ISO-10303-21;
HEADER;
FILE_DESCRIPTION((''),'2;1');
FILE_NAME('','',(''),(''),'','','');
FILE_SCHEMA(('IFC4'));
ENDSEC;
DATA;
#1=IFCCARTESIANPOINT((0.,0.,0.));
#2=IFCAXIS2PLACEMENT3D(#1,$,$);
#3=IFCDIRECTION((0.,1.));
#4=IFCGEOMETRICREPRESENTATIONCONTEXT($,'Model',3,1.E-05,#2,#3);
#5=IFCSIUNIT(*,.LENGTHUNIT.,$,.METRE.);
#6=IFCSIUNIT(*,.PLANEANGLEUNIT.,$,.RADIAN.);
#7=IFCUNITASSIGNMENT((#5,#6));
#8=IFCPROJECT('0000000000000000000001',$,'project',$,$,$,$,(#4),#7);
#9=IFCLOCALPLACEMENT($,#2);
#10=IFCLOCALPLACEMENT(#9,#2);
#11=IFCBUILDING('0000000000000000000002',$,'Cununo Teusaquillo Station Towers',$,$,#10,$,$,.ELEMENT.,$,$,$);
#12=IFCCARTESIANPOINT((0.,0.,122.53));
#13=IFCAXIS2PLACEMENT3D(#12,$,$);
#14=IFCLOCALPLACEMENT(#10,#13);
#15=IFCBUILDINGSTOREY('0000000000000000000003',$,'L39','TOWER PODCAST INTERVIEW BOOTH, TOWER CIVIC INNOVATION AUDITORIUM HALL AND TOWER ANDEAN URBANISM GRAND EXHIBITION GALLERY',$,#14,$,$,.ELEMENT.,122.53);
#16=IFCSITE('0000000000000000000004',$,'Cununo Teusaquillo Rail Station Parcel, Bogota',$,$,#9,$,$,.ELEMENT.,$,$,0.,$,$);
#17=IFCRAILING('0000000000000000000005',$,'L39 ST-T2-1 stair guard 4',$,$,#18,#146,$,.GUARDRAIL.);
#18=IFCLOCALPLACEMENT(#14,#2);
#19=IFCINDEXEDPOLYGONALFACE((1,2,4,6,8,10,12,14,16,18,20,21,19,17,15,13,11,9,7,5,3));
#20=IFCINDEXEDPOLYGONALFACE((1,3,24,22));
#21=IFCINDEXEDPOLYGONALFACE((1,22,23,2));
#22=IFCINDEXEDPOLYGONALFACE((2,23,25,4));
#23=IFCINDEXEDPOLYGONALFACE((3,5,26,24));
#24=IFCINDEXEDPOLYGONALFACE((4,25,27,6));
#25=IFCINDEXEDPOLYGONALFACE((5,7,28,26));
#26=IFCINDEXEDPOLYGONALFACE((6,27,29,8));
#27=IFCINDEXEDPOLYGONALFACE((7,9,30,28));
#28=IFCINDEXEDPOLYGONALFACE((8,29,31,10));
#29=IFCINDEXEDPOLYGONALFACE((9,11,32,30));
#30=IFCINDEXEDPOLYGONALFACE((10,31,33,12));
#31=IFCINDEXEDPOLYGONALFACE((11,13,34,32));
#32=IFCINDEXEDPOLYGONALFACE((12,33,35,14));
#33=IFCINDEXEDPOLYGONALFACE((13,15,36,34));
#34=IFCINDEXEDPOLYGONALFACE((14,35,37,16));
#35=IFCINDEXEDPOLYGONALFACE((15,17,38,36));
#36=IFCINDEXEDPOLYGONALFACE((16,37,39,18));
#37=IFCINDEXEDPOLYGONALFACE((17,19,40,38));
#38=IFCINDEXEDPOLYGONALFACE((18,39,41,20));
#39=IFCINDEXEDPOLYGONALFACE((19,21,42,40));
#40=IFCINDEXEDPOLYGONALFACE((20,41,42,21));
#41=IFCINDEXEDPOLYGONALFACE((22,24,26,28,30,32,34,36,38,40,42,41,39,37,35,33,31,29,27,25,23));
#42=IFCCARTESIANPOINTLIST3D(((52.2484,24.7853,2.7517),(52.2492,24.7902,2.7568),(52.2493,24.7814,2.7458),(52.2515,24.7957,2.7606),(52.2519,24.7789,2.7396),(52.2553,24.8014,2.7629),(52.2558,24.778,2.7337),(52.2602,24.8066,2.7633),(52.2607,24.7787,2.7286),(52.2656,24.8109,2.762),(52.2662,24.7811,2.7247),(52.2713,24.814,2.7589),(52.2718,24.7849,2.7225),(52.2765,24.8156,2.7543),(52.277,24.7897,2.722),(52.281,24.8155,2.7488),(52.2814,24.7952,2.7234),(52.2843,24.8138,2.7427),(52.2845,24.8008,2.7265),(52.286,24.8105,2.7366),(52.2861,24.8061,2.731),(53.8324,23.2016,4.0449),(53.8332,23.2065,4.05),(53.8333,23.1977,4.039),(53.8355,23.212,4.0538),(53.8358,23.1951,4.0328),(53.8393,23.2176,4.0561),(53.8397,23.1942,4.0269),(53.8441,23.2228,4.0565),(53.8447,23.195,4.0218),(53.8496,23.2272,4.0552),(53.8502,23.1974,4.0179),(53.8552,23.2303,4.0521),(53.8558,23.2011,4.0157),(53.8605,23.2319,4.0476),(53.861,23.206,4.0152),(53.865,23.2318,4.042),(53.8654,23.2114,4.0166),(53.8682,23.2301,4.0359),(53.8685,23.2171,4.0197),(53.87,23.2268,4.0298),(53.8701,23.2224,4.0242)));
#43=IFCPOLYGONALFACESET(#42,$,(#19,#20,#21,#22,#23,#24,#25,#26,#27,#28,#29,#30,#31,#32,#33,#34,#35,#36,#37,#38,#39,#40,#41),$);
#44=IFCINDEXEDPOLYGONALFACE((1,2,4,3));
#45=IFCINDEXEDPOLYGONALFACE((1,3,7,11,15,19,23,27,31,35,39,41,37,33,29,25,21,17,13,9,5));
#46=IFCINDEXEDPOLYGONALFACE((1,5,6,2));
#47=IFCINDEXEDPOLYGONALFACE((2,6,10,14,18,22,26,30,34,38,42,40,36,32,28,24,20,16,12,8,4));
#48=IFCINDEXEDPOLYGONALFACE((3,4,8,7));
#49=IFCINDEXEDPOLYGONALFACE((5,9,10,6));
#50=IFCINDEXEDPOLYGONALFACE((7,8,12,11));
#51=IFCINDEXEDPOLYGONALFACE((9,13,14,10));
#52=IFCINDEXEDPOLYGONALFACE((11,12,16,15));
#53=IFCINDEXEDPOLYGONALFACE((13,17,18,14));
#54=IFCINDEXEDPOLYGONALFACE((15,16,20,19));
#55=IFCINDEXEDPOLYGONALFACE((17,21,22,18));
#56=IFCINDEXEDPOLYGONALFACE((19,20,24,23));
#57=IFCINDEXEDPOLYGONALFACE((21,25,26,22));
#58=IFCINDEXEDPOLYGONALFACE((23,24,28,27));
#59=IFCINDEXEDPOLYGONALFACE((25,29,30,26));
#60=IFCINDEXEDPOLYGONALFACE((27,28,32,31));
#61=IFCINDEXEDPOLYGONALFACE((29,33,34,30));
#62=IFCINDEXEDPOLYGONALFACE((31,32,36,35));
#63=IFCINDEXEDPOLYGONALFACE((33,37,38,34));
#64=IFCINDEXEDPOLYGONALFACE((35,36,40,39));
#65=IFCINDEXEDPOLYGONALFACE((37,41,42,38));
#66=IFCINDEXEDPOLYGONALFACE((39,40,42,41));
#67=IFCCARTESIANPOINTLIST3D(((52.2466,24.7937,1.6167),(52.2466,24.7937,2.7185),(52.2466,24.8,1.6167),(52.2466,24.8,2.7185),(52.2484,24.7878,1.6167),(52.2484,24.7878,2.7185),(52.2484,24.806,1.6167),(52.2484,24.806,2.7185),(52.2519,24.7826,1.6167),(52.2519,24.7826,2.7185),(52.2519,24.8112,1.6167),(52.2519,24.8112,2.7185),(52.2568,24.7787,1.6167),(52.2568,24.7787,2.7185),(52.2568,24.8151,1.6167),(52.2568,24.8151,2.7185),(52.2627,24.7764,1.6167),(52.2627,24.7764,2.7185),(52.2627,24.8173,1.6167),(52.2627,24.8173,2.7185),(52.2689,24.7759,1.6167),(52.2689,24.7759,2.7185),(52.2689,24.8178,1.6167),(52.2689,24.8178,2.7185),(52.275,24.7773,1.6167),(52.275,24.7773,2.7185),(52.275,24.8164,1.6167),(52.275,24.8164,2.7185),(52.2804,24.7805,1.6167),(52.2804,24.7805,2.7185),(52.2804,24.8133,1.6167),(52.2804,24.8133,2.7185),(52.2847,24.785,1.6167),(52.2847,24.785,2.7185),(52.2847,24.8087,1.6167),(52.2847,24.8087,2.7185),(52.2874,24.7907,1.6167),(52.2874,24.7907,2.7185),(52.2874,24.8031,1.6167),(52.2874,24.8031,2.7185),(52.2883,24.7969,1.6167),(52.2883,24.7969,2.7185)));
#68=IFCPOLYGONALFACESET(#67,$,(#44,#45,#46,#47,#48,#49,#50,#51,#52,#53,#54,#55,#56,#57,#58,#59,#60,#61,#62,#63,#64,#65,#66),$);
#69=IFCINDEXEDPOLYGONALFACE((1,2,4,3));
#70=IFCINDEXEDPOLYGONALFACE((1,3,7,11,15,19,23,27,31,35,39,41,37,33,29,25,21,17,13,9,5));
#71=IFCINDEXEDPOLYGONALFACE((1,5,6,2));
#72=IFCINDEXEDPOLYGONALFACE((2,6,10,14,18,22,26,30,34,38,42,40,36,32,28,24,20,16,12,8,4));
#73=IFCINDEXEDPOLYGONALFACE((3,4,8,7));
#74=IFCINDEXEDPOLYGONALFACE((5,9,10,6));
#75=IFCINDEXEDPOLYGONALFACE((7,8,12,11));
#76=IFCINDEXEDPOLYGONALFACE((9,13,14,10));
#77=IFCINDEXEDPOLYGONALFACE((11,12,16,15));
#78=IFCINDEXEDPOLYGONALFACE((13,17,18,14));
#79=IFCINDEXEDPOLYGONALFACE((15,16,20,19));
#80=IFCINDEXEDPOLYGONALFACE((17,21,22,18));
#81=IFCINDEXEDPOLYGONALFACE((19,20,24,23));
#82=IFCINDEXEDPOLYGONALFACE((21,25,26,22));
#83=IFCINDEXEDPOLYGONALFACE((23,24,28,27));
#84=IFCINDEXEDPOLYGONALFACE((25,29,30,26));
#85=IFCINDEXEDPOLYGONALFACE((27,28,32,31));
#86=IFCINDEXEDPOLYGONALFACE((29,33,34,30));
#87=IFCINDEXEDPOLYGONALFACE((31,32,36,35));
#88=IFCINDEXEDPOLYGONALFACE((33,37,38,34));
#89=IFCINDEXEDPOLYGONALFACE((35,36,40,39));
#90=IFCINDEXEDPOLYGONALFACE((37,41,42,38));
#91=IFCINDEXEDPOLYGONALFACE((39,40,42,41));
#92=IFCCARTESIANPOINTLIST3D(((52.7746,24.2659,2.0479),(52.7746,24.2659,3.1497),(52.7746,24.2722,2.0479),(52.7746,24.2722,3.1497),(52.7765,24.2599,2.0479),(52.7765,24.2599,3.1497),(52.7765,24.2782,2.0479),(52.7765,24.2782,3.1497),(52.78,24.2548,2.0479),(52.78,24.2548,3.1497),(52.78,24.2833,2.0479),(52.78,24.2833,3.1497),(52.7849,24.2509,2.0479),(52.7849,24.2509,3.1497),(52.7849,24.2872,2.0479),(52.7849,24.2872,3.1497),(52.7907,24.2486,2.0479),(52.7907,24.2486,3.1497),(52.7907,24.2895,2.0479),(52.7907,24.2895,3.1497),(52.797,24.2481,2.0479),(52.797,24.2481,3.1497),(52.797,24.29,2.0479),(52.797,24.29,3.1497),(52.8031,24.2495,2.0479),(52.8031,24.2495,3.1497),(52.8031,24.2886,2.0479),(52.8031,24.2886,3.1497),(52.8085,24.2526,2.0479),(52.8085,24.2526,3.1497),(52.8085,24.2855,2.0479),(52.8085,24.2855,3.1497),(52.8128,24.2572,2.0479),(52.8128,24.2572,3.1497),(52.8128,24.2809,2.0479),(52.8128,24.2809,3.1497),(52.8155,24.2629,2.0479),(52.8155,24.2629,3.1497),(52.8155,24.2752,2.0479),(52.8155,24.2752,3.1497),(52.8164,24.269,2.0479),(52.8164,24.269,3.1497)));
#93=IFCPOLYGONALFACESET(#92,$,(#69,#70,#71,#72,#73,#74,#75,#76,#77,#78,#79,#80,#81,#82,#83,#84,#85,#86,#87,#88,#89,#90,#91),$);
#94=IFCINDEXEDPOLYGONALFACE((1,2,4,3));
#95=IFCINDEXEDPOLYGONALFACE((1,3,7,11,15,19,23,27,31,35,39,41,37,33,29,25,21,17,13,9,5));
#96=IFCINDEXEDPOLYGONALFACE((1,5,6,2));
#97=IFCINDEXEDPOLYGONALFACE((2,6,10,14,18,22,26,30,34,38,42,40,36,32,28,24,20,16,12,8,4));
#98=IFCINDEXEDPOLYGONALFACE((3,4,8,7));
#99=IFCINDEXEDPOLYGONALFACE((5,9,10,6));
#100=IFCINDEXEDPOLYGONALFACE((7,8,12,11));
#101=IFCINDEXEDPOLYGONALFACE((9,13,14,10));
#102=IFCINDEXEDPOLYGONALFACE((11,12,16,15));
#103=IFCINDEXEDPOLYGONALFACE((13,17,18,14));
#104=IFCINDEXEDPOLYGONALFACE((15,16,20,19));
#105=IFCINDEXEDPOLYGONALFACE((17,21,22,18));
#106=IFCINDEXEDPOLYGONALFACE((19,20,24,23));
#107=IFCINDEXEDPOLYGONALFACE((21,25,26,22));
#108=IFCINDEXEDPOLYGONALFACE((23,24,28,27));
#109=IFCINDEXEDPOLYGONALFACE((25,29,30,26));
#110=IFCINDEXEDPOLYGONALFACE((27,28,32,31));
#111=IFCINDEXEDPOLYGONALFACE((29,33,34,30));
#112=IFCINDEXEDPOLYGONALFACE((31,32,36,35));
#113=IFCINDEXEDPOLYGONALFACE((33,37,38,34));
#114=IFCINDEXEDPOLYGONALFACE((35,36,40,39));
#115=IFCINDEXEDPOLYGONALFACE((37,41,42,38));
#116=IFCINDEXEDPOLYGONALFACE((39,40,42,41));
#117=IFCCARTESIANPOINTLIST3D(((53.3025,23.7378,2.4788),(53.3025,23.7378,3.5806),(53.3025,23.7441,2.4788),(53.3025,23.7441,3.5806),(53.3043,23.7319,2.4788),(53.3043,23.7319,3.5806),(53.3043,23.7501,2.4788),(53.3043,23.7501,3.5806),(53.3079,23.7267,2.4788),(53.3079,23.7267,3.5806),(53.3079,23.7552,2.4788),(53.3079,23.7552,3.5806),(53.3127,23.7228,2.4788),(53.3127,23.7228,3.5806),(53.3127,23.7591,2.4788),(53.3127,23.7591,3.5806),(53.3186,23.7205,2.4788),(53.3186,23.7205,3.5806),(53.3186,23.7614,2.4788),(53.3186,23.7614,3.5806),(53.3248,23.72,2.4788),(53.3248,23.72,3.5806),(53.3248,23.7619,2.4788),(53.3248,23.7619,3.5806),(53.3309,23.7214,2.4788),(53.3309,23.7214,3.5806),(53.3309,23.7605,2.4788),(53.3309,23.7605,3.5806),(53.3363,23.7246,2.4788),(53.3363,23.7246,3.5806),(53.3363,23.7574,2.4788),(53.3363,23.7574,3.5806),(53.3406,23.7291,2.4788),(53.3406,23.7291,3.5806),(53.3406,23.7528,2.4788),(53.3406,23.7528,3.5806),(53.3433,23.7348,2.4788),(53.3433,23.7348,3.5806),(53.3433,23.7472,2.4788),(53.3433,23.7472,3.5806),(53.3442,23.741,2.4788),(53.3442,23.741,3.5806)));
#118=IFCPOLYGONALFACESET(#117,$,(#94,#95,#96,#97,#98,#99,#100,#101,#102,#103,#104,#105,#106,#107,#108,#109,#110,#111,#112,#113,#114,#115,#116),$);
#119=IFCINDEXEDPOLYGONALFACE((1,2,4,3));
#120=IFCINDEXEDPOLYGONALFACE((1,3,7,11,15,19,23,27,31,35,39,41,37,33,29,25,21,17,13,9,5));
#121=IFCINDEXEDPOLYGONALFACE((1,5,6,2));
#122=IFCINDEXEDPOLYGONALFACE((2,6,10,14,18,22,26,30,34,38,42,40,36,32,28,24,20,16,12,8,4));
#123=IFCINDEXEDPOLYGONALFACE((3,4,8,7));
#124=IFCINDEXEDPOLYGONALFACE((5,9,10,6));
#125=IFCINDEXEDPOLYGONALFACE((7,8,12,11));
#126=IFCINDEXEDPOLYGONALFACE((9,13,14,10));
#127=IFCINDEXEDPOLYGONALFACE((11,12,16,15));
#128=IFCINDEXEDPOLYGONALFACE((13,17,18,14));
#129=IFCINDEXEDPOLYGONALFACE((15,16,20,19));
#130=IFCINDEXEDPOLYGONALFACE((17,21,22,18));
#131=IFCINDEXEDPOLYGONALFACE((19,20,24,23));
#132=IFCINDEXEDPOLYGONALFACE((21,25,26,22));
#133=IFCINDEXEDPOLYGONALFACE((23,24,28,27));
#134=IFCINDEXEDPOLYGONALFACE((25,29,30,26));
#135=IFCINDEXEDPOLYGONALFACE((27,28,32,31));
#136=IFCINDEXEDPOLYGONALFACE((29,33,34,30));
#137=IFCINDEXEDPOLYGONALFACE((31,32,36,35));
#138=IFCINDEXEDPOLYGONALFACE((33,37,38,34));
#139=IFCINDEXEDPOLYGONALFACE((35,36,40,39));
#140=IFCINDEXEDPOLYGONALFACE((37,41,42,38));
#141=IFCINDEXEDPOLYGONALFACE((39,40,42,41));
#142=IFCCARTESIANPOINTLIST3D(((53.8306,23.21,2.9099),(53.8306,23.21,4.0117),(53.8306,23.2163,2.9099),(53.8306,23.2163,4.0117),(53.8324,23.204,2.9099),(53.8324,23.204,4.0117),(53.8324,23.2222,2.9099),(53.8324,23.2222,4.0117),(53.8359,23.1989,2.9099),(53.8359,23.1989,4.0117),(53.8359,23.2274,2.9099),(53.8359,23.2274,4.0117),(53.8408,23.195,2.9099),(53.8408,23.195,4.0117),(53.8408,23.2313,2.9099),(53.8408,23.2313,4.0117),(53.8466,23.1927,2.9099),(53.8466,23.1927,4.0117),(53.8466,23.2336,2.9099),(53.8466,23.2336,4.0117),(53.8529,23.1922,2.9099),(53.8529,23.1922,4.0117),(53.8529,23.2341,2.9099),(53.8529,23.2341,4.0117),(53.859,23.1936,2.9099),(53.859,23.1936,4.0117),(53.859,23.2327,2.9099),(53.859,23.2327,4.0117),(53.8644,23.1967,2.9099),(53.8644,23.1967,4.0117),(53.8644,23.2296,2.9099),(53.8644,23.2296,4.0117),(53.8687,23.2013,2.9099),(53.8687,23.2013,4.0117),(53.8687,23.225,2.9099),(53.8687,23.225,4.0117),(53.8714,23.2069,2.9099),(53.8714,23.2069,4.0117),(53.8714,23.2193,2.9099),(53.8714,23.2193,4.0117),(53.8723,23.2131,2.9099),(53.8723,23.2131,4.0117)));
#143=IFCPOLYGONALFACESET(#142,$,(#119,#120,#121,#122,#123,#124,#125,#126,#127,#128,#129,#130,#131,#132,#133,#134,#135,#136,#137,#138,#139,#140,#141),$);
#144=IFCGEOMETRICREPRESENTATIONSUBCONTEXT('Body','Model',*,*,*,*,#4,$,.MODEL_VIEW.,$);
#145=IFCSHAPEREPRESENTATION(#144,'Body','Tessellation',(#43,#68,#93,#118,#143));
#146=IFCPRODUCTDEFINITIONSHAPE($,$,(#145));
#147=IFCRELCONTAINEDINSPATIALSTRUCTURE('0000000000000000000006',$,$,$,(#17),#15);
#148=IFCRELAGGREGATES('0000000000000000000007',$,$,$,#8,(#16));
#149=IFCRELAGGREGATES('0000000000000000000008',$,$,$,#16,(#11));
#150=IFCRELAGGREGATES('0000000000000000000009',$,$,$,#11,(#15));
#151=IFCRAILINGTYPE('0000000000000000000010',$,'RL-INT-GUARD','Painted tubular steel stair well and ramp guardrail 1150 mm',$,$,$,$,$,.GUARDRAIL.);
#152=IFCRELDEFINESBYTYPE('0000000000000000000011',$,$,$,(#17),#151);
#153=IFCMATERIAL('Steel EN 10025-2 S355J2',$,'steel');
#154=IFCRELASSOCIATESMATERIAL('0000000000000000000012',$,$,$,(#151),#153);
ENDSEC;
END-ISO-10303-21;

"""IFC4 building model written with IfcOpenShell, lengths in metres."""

from ifc_helpers import new_model, si_unit, direction, frame, origin, origin_2d, place, context, subcontext, project, spatial, circle, extrude, material, type_object, element, save


model = new_model("IFC4")

# Units and contexts
model_context = context("Model", 3, precision=1e-05, world=origin(), true_north=direction((0.0, 1.0)))
body_context = subcontext(model_context, "Body", "Model", "MODEL_VIEW")
ifc_project = project(units=[si_unit("LENGTHUNIT", "METRE"), si_unit("PLANEANGLEUNIT", "RADIAN")], contexts=[model_context])

# Site, building, storey
site_placement = place(None, origin())
site = spatial("IfcSite", under=ifc_project, at=site_placement, Name="Cununo Teusaquillo Rail Station Parcel, Bogota", CompositionType="ELEMENT", RefElevation=0.0)
building_placement = place(site_placement, origin())
building = spatial("IfcBuilding", under=site, at=building_placement, Name="Cununo Teusaquillo Station Towers", CompositionType="ELEMENT")
storey_placement = place(building_placement, frame((0.0, 0.0, 122.53)))
storey = spatial("IfcBuildingStorey", under=building, at=storey_placement, Name="L39", Description="TOWER PODCAST INTERVIEW BOOTH, TOWER CIVIC INNOVATION AUDITORIUM HALL AND TOWER ANDEAN URBANISM GRAND EXHIBITION GALLERY", CompositionType="ELEMENT", Elevation=122.53)

# Railing
ifc_material_1 = material(Name="Steel EN 10025-2 S355J2", Category="steel")
railing_type_1 = type_object("IfcRailingType", Name="RL-INT-GUARD", Description="Painted tubular steel stair well and ramp guardrail 1150 mm", PredefinedType="GUARDRAIL", material=ifc_material_1)
railing_1_placement = place(storey_placement, frame((52.2673, 24.7969, 1.6167)))
element("IfcRailing", 1, at=railing_1_placement, inside=storey, type_object=railing_type_1, Name="L39 ST-T2-1 stair guard 4", PredefinedType="GUARDRAIL", context=body_context, shape_type="SweptSolid", body=[
    extrude(circle(Radius=0.0239, at=origin_2d()), frame((0.0, 0.0, 1.126), z_axis=(0.61242, -0.612326, 0.499998), x_axis=(0.707052, 0.707161, 0.0)), (0.0, 0.0, 1.0), 2.5864),
    extrude(circle(Radius=0.021, at=origin_2d()), origin(), (0.0, 0.0, 1.0), 1.1018),
    extrude(circle(Radius=0.021, at=origin_2d()), frame((0.5281, -0.5278, 0.4312)), (0.0, 0.0, 1.0), 1.1018),
    extrude(circle(Radius=0.021, at=origin_2d()), frame((1.0559, -1.0559, 0.8621)), (0.0, 0.0, 1.0), 1.1018),
    extrude(circle(Radius=0.021, at=origin_2d()), frame((1.584, -1.5837, 1.2932)), (0.0, 0.0, 1.0), 1.1018),
])

save(model, "model.ifc")
